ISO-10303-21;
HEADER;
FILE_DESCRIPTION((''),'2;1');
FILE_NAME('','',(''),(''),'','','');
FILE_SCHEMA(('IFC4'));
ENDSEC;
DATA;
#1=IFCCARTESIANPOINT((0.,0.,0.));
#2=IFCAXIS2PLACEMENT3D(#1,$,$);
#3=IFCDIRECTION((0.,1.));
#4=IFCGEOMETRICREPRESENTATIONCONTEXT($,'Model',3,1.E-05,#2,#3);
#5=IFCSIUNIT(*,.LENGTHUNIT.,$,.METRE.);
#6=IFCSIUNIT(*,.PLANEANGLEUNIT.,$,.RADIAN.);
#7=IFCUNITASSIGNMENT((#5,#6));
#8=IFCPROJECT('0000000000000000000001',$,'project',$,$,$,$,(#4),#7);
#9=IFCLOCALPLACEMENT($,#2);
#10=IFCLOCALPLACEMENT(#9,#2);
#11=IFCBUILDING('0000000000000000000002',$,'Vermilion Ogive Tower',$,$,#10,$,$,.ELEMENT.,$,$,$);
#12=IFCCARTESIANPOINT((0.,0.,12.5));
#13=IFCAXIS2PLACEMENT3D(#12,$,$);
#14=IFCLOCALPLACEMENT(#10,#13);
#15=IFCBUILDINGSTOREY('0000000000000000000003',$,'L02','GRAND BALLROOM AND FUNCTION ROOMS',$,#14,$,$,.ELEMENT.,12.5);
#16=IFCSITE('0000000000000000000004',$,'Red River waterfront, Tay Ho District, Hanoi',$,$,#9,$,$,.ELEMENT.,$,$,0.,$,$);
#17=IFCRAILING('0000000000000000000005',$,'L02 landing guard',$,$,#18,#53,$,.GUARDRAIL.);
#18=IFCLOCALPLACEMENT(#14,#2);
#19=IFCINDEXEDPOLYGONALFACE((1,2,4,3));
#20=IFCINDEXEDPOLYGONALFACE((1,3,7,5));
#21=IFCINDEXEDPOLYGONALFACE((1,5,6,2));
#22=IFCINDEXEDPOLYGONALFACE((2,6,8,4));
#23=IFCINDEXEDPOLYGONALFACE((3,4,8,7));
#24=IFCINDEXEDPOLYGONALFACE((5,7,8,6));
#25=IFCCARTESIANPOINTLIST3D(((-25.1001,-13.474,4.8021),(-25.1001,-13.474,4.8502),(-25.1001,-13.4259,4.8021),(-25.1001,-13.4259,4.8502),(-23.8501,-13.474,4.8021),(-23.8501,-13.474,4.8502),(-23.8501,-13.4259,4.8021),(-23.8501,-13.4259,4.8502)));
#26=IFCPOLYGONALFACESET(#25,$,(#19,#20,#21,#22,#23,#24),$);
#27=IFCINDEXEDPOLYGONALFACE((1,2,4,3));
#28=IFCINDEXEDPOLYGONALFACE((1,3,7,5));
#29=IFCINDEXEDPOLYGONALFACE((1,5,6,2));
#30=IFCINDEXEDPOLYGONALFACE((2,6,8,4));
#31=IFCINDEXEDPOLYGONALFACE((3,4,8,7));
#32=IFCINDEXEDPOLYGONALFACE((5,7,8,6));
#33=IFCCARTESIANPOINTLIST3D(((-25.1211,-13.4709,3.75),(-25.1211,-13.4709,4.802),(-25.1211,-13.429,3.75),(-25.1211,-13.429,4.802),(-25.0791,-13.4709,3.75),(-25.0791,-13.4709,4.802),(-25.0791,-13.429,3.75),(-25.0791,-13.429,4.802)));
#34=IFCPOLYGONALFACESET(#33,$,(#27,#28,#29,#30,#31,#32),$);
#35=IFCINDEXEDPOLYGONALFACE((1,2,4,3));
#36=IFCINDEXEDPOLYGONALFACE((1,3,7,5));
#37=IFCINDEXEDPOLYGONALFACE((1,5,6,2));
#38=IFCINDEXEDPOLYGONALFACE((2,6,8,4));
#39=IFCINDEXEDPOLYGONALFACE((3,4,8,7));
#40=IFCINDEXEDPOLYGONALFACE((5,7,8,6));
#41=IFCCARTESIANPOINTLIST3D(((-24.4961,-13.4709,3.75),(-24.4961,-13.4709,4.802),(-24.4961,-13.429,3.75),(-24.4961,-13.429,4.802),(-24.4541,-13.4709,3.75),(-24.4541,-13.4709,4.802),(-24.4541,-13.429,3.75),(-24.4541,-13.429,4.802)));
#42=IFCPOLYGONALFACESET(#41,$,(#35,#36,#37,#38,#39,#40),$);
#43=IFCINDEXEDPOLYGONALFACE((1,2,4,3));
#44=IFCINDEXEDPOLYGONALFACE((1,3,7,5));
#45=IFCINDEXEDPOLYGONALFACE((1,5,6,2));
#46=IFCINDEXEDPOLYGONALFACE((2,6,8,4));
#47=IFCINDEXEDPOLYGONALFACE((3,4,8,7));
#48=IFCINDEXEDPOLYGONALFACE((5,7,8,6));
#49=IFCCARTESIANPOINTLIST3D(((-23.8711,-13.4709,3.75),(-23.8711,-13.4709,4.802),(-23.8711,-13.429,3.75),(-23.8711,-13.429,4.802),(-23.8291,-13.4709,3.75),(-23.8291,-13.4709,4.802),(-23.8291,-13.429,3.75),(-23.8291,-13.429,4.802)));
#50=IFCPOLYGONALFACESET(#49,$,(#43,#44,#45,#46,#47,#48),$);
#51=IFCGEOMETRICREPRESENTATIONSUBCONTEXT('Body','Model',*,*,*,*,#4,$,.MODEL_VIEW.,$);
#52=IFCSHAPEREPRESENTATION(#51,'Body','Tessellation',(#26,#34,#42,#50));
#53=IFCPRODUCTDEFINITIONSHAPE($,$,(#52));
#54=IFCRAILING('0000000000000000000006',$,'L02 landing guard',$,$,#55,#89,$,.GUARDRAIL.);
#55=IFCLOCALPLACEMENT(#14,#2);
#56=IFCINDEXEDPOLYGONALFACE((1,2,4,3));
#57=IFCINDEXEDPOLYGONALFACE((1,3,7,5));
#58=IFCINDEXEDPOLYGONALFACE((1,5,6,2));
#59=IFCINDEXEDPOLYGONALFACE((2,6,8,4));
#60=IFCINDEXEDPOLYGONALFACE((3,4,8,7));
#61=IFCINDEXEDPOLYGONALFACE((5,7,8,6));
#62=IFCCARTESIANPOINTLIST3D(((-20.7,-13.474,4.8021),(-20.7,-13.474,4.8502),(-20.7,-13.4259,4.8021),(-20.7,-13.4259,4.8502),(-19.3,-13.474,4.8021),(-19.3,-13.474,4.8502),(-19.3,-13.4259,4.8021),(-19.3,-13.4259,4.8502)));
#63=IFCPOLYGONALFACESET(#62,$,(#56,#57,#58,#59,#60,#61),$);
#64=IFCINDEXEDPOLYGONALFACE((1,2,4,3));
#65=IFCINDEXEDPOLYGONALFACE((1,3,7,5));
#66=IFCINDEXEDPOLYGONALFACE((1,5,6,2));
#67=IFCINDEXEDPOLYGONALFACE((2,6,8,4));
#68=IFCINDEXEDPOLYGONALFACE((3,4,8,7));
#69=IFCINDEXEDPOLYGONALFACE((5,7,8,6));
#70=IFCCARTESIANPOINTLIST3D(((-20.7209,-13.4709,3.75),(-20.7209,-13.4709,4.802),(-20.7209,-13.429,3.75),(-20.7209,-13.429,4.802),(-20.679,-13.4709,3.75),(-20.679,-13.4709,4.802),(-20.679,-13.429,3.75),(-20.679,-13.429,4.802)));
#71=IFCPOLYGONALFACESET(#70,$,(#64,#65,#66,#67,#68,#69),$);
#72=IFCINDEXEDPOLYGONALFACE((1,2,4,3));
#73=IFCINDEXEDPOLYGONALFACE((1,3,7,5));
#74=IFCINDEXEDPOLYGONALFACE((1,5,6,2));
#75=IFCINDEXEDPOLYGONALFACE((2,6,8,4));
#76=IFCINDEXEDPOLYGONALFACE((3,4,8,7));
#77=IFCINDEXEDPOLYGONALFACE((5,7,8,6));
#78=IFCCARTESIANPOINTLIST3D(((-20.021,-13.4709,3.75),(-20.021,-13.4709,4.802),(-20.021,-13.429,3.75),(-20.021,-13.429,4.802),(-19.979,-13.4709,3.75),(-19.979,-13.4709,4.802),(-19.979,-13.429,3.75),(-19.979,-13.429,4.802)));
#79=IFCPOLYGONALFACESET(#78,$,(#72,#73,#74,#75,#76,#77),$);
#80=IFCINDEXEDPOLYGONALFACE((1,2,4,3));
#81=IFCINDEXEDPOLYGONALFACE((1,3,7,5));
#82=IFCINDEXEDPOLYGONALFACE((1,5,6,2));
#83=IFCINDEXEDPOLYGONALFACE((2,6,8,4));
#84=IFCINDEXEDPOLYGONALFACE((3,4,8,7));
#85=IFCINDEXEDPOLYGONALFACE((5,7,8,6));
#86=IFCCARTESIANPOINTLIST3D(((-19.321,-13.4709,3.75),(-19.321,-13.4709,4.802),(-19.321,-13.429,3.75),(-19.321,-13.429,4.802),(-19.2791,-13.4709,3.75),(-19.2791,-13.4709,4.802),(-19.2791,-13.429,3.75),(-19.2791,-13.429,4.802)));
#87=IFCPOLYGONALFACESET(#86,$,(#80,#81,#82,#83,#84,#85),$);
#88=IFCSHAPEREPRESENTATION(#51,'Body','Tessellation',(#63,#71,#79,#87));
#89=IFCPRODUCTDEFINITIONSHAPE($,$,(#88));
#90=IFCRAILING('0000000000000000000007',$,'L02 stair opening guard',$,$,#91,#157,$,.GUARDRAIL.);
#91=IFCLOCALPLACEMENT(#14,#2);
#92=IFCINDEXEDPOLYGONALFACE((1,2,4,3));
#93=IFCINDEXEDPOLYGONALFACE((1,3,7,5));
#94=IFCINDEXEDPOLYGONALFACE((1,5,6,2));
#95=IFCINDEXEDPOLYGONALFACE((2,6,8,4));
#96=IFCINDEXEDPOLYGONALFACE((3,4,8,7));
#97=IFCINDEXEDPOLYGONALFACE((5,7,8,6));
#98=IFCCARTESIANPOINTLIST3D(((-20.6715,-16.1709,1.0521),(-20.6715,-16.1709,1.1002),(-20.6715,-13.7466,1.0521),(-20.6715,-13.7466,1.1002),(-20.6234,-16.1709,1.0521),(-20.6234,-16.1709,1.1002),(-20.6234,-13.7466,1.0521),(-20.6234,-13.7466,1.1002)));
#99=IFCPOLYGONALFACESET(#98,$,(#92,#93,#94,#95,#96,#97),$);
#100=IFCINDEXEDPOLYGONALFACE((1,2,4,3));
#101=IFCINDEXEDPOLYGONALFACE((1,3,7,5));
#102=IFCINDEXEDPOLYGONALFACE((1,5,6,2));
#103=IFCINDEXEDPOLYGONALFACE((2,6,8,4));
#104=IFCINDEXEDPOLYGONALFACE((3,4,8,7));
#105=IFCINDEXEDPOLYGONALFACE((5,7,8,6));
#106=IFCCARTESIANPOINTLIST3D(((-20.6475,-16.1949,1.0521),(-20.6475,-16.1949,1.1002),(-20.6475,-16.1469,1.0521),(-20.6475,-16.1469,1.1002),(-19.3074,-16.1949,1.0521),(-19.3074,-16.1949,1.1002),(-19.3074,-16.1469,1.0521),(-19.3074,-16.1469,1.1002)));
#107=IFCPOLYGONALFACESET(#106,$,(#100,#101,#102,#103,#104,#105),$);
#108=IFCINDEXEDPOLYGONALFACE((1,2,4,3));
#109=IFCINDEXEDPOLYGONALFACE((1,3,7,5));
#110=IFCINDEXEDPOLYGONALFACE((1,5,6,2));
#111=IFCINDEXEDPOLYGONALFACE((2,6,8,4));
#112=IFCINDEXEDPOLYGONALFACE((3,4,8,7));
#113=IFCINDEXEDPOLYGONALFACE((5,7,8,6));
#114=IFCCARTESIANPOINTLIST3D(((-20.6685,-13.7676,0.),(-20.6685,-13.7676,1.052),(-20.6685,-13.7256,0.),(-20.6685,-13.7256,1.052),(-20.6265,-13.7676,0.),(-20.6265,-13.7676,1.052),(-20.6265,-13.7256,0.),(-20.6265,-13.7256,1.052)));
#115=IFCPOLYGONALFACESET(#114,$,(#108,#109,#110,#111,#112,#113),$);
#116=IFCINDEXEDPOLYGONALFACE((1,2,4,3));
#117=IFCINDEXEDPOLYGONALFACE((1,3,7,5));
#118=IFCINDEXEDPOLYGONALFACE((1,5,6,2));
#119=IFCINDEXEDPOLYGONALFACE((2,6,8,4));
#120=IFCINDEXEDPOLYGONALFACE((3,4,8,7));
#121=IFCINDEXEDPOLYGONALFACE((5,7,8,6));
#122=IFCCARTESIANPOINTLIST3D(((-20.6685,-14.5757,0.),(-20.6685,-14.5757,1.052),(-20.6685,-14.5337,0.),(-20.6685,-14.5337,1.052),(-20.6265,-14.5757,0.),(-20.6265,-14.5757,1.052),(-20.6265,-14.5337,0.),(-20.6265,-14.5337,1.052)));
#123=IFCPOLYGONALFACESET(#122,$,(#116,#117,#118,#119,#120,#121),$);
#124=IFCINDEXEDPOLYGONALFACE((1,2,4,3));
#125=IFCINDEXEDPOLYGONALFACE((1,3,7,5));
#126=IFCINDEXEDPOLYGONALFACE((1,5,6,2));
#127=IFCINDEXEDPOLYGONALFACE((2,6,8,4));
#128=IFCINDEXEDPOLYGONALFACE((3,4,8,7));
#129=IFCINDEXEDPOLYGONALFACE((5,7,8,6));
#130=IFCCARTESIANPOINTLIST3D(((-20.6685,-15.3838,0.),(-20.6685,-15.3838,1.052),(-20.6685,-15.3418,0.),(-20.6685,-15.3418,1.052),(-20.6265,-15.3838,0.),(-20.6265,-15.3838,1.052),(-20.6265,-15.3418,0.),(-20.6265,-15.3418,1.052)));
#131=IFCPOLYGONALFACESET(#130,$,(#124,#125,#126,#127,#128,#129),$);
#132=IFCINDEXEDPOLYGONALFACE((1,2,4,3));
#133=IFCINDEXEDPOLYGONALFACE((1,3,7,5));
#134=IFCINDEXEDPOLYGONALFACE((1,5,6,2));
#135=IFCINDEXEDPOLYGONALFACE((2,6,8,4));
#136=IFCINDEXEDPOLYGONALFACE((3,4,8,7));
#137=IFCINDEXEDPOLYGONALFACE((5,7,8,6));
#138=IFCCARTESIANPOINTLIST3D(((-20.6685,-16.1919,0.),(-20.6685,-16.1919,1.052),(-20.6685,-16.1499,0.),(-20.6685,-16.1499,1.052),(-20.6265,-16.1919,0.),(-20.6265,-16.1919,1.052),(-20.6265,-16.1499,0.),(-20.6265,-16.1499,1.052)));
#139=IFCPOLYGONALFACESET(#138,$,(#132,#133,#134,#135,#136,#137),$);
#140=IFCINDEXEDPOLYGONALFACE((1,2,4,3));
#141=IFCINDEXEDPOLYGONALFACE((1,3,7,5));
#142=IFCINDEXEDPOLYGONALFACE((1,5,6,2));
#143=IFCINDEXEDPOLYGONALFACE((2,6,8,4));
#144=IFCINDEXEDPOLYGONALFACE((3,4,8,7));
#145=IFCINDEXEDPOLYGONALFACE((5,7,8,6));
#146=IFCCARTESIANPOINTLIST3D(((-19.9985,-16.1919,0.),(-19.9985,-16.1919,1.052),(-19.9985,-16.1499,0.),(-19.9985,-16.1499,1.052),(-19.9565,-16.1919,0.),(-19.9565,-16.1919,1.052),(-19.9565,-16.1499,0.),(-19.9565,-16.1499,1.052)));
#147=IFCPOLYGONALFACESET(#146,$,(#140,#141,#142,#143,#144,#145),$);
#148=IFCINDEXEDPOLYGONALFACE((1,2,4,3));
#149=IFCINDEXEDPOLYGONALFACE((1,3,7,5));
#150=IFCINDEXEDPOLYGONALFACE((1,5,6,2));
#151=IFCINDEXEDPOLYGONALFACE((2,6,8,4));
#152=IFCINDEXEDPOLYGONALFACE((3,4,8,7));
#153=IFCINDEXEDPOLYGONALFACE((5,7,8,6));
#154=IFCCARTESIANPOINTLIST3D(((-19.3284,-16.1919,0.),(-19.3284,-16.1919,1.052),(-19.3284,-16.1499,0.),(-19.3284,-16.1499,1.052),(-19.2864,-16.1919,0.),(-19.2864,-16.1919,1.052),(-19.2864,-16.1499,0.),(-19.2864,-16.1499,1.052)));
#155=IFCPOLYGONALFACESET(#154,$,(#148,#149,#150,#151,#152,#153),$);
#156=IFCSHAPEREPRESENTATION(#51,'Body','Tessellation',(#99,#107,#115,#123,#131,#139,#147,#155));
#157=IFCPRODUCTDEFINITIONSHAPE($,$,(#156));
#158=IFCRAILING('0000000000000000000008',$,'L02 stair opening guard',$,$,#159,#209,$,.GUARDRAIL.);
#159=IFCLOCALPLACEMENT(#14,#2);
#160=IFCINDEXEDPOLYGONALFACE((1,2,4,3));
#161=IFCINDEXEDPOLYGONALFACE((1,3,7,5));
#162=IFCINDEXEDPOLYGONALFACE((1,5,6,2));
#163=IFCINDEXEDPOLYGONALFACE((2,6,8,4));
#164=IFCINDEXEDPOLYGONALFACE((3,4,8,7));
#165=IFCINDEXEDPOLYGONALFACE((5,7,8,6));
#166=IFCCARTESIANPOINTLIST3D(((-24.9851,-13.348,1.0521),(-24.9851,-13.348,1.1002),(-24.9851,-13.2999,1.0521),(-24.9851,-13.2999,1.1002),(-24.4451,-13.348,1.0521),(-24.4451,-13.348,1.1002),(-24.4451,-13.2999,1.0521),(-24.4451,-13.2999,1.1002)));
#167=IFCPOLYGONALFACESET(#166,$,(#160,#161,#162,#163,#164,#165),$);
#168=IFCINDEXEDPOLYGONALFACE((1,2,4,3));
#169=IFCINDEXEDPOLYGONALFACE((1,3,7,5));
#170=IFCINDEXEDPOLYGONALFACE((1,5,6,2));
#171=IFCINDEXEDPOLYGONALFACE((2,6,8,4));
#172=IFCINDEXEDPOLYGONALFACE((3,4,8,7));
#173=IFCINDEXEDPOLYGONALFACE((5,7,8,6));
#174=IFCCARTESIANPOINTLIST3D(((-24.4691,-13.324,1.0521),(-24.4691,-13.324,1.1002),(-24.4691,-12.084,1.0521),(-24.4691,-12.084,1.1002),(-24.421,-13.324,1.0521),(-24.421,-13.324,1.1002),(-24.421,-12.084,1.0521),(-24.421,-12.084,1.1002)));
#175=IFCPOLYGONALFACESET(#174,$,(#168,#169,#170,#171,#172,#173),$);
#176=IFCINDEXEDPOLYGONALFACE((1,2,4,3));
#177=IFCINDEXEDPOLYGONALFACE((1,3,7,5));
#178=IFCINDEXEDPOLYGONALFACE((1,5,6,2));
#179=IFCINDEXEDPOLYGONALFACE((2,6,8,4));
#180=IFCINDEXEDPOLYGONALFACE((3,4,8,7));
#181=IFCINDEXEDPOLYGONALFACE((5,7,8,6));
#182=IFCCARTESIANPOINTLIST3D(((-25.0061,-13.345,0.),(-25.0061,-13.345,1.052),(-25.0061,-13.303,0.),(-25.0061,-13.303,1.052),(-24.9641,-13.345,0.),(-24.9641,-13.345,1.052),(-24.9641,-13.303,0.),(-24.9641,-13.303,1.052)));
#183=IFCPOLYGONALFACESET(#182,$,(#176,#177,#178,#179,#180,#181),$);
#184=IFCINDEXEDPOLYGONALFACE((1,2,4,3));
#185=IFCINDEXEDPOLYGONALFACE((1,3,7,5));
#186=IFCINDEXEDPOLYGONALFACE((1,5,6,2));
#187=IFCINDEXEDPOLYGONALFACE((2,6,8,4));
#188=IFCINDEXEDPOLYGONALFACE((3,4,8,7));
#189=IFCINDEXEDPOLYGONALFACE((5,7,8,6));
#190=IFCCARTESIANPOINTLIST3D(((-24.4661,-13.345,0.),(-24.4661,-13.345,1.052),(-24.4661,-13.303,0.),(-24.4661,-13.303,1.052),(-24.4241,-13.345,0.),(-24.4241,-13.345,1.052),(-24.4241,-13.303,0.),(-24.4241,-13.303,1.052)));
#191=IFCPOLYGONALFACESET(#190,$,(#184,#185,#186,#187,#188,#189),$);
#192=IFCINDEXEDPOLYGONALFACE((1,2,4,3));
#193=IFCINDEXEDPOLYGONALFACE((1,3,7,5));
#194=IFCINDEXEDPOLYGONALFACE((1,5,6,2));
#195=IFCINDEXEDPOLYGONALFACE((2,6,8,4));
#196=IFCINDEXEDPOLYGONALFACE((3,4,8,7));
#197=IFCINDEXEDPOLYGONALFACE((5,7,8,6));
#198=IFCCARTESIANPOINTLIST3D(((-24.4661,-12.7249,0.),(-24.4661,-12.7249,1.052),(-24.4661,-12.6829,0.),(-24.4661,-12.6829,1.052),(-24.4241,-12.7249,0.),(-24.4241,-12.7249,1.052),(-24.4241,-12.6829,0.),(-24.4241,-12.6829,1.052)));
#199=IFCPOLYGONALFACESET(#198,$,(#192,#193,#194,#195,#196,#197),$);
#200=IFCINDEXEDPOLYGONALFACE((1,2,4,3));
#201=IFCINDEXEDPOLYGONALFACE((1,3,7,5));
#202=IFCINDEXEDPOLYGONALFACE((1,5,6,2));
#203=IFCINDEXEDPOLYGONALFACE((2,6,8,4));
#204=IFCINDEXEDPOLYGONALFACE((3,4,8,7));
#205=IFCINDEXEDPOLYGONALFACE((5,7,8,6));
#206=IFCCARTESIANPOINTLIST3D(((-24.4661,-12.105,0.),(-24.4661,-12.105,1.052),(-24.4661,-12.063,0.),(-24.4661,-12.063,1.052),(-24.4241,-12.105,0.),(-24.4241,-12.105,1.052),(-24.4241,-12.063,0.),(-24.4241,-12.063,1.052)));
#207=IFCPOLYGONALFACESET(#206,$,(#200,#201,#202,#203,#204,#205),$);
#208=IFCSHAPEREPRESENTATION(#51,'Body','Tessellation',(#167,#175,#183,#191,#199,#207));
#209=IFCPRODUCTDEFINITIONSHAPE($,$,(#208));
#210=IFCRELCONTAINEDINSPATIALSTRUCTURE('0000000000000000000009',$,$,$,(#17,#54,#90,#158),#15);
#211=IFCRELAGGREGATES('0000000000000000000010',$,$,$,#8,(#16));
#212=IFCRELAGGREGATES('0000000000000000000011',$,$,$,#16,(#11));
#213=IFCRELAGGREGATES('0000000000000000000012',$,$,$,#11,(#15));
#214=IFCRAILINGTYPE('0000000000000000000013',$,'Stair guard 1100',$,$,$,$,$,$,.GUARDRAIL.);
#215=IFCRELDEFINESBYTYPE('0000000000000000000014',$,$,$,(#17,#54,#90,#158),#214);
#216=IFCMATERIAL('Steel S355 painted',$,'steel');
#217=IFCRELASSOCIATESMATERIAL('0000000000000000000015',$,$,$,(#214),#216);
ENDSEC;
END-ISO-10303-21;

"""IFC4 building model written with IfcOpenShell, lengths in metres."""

from ifc_helpers import new_model, si_unit, direction, frame, origin, origin_2d, place, context, subcontext, project, spatial, rectangle, extrude, material, type_object, element, save


model = new_model("IFC4")

# Units and contexts
model_context = context("Model", 3, precision=1e-05, world=origin(), true_north=direction((0.0, 1.0)))
body_context = subcontext(model_context, "Body", "Model", "MODEL_VIEW")
ifc_project = project(units=[si_unit("LENGTHUNIT", "METRE"), si_unit("PLANEANGLEUNIT", "RADIAN")], contexts=[model_context])

# Site, building, storey
site_placement = place(None, origin())
site = spatial("IfcSite", under=ifc_project, at=site_placement, Name="Red River waterfront, Tay Ho District, Hanoi", CompositionType="ELEMENT", RefElevation=0.0)
building_placement = place(site_placement, origin())
building = spatial("IfcBuilding", under=site, at=building_placement, Name="Vermilion Ogive Tower", CompositionType="ELEMENT")
storey_placement = place(building_placement, frame((0.0, 0.0, 12.5)))
storey = spatial("IfcBuildingStorey", under=building, at=storey_placement, Name="L02", Description="GRAND BALLROOM AND FUNCTION ROOMS", CompositionType="ELEMENT", Elevation=12.5)

# Railings
ifc_material_1 = material(Name="Steel S355 painted", Category="steel")
railing_type_1 = type_object("IfcRailingType", Name="Stair guard 1100", PredefinedType="GUARDRAIL", material=ifc_material_1)
railing_1_placement = place(storey_placement, frame((-25.1001, -13.45, 3.75)))
element("IfcRailing", 1, at=railing_1_placement, inside=storey, type_object=railing_type_1, Name="L02 landing guard", PredefinedType="GUARDRAIL", context=body_context, shape_type="SweptSolid", body=[
    extrude(rectangle(XDim=0.0481, YDim=0.0481, at=origin_2d()), frame((0.0, 0.0, 1.0762), z_axis=(1.0, 0.0, 0.0), x_axis=(0.0, 1.0, 0.0)), (0.0, 0.0, 1.0), 1.25),
    extrude(rectangle(XDim=0.042, YDim=0.042, at=origin_2d()), origin(), (0.0, 0.0, 1.0), 1.052),
    extrude(rectangle(XDim=0.042, YDim=0.042, at=origin_2d()), frame((0.625, 0.0, 0.0)), (0.0, 0.0, 1.0), 1.052),
    extrude(rectangle(XDim=0.042, YDim=0.042, at=origin_2d()), frame((1.25, 0.0, 0.0)), (0.0, 0.0, 1.0), 1.052),
])
railing_2_placement = place(storey_placement, frame((-20.7, -13.45, 3.75)))
element("IfcRailing", 2, at=railing_2_placement, inside=storey, type_object=railing_type_1, Name="L02 landing guard", PredefinedType="GUARDRAIL", context=body_context, shape_type="SweptSolid", body=[
    extrude(rectangle(XDim=0.0481, YDim=0.0481, at=origin_2d()), frame((0.0, 0.0, 1.0762), z_axis=(1.0, 0.0, 0.0), x_axis=(0.0, 1.0, 0.0)), (0.0, 0.0, 1.0), 1.3999),
    extrude(rectangle(XDim=0.042, YDim=0.042, at=origin_2d()), origin(), (0.0, 0.0, 1.0), 1.052),
    extrude(rectangle(XDim=0.042, YDim=0.042, at=origin_2d()), frame((0.7, 0.0, 0.0)), (0.0, 0.0, 1.0), 1.052),
    extrude(rectangle(XDim=0.042, YDim=0.042, at=origin_2d()), frame((1.3999, 0.0, 0.0)), (0.0, 0.0, 1.0), 1.052),
])
railing_3_placement = place(storey_placement, frame((-20.6475, -13.7466, 0.0)))
element("IfcRailing", 3, at=railing_3_placement, inside=storey, type_object=railing_type_1, Name="L02 stair opening guard", PredefinedType="GUARDRAIL", context=body_context, shape_type="SweptSolid", body=[
    extrude(rectangle(XDim=0.0481, YDim=0.0481, at=origin_2d()), frame((0.0, 0.0, 1.0762), z_axis=(0.0, -1.0, 0.0), x_axis=(1.0, 0.0, 0.0)), (0.0, 0.0, 1.0), 2.4243),
    extrude(rectangle(XDim=0.0481, YDim=0.0481, at=origin_2d()), frame((0.0, -2.4243, 1.0762), z_axis=(1.0, 0.0, 0.0), x_axis=(0.0, 1.0, 0.0)), (0.0, 0.0, 1.0), 1.3401),
    extrude(rectangle(XDim=0.042, YDim=0.042, at=origin_2d()), origin(), (0.0, 0.0, 1.0), 1.052),
    extrude(rectangle(XDim=0.042, YDim=0.042, at=origin_2d()), frame((0.0, -0.8081, 0.0)), (0.0, 0.0, 1.0), 1.052),
    extrude(rectangle(XDim=0.042, YDim=0.042, at=origin_2d()), frame((0.0, -1.6162, 0.0)), (0.0, 0.0, 1.0), 1.052),
    extrude(rectangle(XDim=0.042, YDim=0.042, at=origin_2d()), frame((0.0, -2.4243, 0.0)), (0.0, 0.0, 1.0), 1.052),
    extrude(rectangle(XDim=0.042, YDim=0.042, at=origin_2d()), frame((0.6699, -2.4243, 0.0)), (0.0, 0.0, 1.0), 1.052),
    extrude(rectangle(XDim=0.042, YDim=0.042, at=origin_2d()), frame((1.3401, -2.4243, 0.0)), (0.0, 0.0, 1.0), 1.052),
])
railing_4_placement = place(storey_placement, frame((-24.9851, -13.324, 0.0)))
element("IfcRailing", 4, at=railing_4_placement, inside=storey, type_object=railing_type_1, Name="L02 stair opening guard", PredefinedType="GUARDRAIL", context=body_context, shape_type="SweptSolid", body=[
    extrude(rectangle(XDim=0.0481, YDim=0.0481, at=origin_2d()), frame((0.0, 0.0, 1.0762), z_axis=(1.0, 0.0, 0.0), x_axis=(0.0, 1.0, 0.0)), (0.0, 0.0, 1.0), 0.54),
    extrude(rectangle(XDim=0.0481, YDim=0.0481, at=origin_2d()), frame((0.54, 0.0, 1.0762), z_axis=(0.0, 1.0, 0.0), x_axis=(-1.0, 0.0, 0.0)), (0.0, 0.0, 1.0), 1.24),
    extrude(rectangle(XDim=0.042, YDim=0.042, at=origin_2d()), origin(), (0.0, 0.0, 1.0), 1.052),
    extrude(rectangle(XDim=0.042, YDim=0.042, at=origin_2d()), frame((0.54, 0.0, 0.0)), (0.0, 0.0, 1.0), 1.052),
    extrude(rectangle(XDim=0.042, YDim=0.042, at=origin_2d()), frame((0.54, 0.6201, 0.0)), (0.0, 0.0, 1.0), 1.052),
    extrude(rectangle(XDim=0.042, YDim=0.042, at=origin_2d()), frame((0.54, 1.24, 0.0)), (0.0, 0.0, 1.0), 1.052),
])

save(model, "model.ifc")
